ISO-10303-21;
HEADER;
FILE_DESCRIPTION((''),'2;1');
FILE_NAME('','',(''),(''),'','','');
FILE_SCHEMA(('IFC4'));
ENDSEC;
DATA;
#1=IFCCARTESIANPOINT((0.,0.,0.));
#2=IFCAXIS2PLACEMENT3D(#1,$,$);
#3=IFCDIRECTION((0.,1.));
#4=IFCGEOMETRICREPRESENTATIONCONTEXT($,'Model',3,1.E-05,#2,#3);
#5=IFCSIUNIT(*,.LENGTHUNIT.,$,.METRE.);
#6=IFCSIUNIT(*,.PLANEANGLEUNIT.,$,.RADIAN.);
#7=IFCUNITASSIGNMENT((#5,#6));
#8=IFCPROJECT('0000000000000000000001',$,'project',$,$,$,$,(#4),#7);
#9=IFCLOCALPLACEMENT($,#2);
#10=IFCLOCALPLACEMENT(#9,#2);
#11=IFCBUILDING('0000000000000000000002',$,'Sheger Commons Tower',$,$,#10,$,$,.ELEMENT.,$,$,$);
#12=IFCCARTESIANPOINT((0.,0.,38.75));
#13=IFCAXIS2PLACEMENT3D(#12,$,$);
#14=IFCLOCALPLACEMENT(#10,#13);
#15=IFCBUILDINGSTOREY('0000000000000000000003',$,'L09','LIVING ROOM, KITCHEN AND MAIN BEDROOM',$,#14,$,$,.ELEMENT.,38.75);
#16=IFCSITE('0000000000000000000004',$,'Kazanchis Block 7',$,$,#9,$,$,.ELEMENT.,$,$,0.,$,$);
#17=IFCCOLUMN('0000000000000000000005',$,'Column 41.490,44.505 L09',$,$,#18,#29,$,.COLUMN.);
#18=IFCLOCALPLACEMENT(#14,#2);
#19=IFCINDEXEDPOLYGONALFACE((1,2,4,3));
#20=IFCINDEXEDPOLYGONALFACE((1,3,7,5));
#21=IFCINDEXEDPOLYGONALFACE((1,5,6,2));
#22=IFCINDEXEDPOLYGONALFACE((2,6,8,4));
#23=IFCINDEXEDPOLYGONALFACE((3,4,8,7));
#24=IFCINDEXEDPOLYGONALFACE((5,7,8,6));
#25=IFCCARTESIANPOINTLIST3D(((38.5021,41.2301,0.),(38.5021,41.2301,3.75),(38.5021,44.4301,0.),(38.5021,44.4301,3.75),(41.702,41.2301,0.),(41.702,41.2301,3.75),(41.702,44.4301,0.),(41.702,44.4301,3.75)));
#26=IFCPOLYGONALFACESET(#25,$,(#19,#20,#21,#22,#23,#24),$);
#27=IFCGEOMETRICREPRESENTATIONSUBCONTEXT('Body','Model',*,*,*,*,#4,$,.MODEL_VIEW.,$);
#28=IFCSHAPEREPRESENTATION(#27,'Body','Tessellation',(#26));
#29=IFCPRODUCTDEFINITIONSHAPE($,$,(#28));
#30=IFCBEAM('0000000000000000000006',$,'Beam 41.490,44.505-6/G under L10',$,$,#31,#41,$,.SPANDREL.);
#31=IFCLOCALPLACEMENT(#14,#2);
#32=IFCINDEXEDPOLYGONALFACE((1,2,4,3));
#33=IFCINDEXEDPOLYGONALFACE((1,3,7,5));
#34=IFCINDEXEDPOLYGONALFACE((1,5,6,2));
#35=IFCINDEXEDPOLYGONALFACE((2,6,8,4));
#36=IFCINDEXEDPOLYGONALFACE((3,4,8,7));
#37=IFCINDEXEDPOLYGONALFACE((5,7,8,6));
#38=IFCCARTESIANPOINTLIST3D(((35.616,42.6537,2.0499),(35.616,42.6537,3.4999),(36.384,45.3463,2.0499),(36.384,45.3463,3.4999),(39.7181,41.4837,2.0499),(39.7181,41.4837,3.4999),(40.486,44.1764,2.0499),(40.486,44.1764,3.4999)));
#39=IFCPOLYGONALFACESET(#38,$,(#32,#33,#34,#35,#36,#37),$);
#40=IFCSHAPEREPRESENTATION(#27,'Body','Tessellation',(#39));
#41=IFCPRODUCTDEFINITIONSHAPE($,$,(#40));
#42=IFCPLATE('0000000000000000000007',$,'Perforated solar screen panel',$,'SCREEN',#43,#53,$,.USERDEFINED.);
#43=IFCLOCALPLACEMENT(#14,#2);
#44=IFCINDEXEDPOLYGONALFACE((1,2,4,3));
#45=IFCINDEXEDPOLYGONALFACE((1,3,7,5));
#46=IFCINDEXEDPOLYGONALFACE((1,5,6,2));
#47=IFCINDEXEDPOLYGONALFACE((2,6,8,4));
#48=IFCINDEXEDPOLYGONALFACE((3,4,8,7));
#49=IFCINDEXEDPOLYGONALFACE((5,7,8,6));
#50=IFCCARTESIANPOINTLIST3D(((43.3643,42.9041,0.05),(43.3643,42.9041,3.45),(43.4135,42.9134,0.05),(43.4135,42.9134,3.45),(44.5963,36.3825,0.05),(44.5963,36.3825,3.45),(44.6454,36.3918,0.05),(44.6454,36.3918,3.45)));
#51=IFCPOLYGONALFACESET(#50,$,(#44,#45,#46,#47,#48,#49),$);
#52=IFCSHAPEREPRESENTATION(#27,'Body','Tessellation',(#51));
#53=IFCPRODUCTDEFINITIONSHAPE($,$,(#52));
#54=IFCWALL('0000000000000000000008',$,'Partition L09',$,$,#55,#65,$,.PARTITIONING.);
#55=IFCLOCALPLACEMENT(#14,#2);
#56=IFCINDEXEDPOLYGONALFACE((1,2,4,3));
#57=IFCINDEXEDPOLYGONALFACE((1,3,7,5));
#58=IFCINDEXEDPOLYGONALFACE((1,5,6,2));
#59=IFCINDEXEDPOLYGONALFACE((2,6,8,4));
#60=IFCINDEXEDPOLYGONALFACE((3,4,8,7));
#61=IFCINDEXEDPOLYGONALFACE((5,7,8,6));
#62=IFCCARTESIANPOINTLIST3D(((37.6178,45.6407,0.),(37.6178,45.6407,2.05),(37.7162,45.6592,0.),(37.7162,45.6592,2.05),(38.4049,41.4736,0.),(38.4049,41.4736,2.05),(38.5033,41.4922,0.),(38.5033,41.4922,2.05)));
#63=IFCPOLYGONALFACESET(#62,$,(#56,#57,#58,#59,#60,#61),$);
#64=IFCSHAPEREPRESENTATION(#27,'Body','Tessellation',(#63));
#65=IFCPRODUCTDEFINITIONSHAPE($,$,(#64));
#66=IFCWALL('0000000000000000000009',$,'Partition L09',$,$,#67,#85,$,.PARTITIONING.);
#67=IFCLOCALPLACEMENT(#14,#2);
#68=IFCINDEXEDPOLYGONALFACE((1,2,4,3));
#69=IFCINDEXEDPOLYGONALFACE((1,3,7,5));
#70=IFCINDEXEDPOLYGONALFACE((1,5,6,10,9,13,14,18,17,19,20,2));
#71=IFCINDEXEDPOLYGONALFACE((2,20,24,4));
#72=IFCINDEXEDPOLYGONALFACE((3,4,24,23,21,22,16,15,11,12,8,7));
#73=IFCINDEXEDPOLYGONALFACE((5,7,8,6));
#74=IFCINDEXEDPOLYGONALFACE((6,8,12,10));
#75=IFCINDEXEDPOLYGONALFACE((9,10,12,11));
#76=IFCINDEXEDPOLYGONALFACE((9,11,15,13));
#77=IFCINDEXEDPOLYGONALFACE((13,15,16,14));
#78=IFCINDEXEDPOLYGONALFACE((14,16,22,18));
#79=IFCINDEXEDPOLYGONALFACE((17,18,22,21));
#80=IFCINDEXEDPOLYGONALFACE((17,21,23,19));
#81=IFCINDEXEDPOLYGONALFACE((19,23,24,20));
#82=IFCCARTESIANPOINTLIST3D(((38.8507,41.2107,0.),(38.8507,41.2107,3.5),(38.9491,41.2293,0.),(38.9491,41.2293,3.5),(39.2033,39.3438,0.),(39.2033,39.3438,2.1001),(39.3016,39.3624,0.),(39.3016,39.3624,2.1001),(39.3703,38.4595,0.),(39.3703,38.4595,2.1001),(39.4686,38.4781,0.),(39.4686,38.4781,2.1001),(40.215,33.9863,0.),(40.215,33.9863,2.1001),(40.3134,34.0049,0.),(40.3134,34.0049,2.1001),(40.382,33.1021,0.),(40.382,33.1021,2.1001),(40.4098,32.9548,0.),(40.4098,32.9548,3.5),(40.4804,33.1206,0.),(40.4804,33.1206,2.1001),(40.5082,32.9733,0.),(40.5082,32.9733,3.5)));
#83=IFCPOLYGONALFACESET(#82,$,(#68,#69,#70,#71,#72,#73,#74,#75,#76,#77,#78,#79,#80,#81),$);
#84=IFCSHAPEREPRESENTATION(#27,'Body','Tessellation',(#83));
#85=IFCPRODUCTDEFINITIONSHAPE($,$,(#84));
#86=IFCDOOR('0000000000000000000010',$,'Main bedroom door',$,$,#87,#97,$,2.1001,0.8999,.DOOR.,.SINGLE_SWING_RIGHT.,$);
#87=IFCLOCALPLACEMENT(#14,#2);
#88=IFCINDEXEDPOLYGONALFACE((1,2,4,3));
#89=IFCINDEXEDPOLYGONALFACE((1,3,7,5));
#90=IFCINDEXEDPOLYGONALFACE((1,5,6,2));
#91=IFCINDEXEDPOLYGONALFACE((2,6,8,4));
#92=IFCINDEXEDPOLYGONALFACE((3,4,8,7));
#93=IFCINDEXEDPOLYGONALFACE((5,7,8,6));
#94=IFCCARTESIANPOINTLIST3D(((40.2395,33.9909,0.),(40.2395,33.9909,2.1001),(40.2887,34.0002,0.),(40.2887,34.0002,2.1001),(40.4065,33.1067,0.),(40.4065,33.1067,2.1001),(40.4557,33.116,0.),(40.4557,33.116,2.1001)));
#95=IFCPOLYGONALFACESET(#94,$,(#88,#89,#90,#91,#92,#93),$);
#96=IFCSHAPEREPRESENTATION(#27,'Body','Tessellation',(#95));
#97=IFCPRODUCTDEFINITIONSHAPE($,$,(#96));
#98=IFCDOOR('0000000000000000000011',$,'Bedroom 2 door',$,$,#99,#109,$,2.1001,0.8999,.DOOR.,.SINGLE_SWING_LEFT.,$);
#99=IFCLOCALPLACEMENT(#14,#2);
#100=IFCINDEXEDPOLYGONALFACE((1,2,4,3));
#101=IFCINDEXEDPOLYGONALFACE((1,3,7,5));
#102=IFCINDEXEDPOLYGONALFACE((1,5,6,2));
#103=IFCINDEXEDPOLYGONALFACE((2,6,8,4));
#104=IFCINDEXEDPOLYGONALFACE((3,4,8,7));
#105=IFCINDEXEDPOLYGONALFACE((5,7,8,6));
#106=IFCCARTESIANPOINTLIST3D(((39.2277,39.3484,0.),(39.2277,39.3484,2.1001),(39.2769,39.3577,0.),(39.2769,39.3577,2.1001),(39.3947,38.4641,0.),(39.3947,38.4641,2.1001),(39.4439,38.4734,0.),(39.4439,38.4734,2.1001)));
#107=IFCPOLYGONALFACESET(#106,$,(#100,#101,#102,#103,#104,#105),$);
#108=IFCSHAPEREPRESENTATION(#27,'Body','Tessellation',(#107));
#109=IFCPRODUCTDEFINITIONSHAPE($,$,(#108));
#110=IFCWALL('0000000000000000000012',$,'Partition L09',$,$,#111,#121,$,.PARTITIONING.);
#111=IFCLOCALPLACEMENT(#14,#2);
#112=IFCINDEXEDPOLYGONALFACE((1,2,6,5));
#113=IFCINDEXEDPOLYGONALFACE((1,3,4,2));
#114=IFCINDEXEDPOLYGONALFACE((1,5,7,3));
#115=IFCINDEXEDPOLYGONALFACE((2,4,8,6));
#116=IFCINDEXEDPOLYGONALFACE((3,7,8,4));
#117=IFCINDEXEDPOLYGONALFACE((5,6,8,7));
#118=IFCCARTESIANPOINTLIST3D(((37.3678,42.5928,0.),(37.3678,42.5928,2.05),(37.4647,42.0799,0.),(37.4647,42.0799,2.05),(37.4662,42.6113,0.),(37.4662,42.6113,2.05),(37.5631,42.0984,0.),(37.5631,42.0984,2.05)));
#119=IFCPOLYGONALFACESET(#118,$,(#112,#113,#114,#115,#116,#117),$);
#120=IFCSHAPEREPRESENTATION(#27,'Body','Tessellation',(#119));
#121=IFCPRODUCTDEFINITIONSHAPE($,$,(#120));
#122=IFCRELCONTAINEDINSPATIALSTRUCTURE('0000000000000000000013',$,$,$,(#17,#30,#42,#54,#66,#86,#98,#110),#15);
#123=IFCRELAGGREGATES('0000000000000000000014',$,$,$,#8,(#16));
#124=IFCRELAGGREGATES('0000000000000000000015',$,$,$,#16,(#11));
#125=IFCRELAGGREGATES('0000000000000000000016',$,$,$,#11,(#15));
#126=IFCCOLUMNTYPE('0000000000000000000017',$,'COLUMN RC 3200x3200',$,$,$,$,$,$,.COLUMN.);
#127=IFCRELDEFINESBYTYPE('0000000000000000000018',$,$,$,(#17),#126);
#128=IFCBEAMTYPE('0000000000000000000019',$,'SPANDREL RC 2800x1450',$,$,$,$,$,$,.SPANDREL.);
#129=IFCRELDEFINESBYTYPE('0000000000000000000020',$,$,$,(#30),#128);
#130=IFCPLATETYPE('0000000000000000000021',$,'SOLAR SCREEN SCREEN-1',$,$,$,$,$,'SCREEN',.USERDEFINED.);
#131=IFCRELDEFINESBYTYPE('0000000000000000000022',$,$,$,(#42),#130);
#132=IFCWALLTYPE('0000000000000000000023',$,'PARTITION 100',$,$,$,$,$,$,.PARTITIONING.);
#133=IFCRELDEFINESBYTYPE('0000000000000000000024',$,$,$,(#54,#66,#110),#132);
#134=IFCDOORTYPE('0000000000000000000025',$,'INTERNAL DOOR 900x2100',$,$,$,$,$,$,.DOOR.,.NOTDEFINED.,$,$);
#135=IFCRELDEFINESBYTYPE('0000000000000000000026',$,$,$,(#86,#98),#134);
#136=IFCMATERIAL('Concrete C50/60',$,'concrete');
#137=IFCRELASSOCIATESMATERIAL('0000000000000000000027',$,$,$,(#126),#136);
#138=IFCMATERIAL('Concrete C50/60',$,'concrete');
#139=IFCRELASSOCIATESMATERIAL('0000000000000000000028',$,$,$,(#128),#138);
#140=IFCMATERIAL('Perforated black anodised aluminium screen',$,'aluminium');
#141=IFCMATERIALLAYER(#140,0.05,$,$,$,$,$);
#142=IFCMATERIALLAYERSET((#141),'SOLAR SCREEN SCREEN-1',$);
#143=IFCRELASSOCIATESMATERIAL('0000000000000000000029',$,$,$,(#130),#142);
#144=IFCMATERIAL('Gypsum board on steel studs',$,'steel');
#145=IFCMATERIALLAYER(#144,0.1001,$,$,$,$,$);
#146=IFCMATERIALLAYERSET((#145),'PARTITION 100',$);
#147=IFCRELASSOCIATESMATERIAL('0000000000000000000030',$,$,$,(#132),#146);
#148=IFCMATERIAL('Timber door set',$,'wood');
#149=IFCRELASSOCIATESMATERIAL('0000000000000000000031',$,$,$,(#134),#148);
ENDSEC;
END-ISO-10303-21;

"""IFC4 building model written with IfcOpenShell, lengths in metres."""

from ifc_helpers import new_model, si_unit, direction, frame, frame_2d, origin, origin_2d, place, context, subcontext, project, spatial, rectangle, extrude, material, layer, layer_set, material_profile, profile_set, type_object, element, fill, save


model = new_model("IFC4")

# Units and contexts
model_context = context("Model", 3, precision=1e-05, world=origin(), true_north=direction((0.0, 1.0)))
body_context = subcontext(model_context, "Body", "Model", "MODEL_VIEW")
ifc_project = project(units=[si_unit("LENGTHUNIT", "METRE"), si_unit("PLANEANGLEUNIT", "RADIAN")], contexts=[model_context])

# Site, building, storey
site_placement = place(None, origin())
site = spatial("IfcSite", under=ifc_project, at=site_placement, Name="Kazanchis Block 7", CompositionType="ELEMENT", RefElevation=0.0)
building_placement = place(site_placement, origin())
building = spatial("IfcBuilding", under=site, at=building_placement, Name="Sheger Commons Tower", CompositionType="ELEMENT")
storey_placement = place(building_placement, frame((0.0, 0.0, 38.75)))
storey = spatial("IfcBuildingStorey", under=building, at=storey_placement, Name="L09", Description="LIVING ROOM, KITCHEN AND MAIN BEDROOM", CompositionType="ELEMENT", Elevation=38.75)

# Column
ifc_material_1 = material(Name="Concrete C50/60", Category="concrete")
ifc_material_profile_1 = material_profile(ifc_material_1, rectangle(XDim=3.2, YDim=3.2, at=origin_2d()), Name="RC 3200x3200")
ifc_profile_set_1 = profile_set([ifc_material_profile_1], Name="Concrete C50/60")
column_type = type_object("IfcColumnType", Name="COLUMN RC 3200x3200", PredefinedType="COLUMN", material=ifc_profile_set_1)
column_placement = place(storey_placement, frame((40.1021, 42.8301, 0.0), z_axis=(0.0, 0.0, 1.0), x_axis=(1.0, 0.0, 0.0)))
element("IfcColumn", 1, at=column_placement, inside=storey, type_object=column_type, Name="Column 41.490,44.505 L09", PredefinedType="COLUMN", context=body_context, shape_type="SweptSolid", body=[
    extrude(rectangle(XDim=3.2, YDim=3.2, at=origin_2d()), origin(), (0.0, 0.0, 1.0), 3.75),
])

# Beam
ifc_material_2 = material(Name="Concrete C50/60", Category="concrete")
ifc_material_profile_2 = material_profile(ifc_material_2, rectangle(XDim=2.8, YDim=1.45, at=origin_2d()), Name="RC 2800x1450")
ifc_profile_set_2 = profile_set([ifc_material_profile_2], Name="Concrete C50/60")
beam_type = type_object("IfcBeamType", Name="SPANDREL RC 2800x1450", PredefinedType="SPANDREL", material=ifc_profile_set_2)
beam_placement = place(storey_placement, frame((40.1021, 42.8301, 2.7749), z_axis=(-0.961653, 0.274268, 0.0), x_axis=(-0.274268, -0.961653, 0.0)))
element("IfcBeam", 2, at=beam_placement, inside=storey, type_object=beam_type, Name="Beam 41.490,44.505-6/G under L10", PredefinedType="SPANDREL", context=body_context, shape_type="SweptSolid", body=[
    extrude(rectangle(XDim=2.8, YDim=1.45, at=origin_2d()), origin(), (0.0, 0.0, 1.0), 4.2656),
])

# Plate
ifc_material_3 = material(Name="Perforated black anodised aluminium screen", Category="aluminium")
ifc_layer_1 = layer(ifc_material_3, 0.05)
ifc_layer_set_1 = layer_set([ifc_layer_1], Name="SOLAR SCREEN SCREEN-1")
plate_type = type_object("IfcPlateType", Name="SOLAR SCREEN SCREEN-1", ElementType="SCREEN", PredefinedType="USERDEFINED", material=ifc_layer_set_1)
plate_placement = place(storey_placement, frame((44.0049, 39.6479, 0.05), z_axis=(0.0, 0.0, 1.0), x_axis=(-0.185615, 0.982623, 0.0)))
element("IfcPlate", 3, at=plate_placement, inside=storey, type_object=plate_type, Name="Perforated solar screen panel", ObjectType="SCREEN", PredefinedType="USERDEFINED", context=body_context, shape_type="SweptSolid", body=[
    extrude(rectangle(XDim=6.637, YDim=0.05, at=origin_2d()), origin(), (0.0, 0.0, 1.0), 3.3999),
])

# Wall
ifc_material_4 = material(Name="Gypsum board on steel studs", Category="steel")
ifc_layer_2 = layer(ifc_material_4, 0.1001)
ifc_layer_set_2 = layer_set([ifc_layer_2], Name="PARTITION 100")
wall_type = type_object("IfcWallType", Name="PARTITION 100", PredefinedType="PARTITIONING", material=ifc_layer_set_2)
wall_1_placement = place(storey_placement, frame((38.4541, 41.4829, 0.0), z_axis=(0.0, 0.0, 1.0), x_axis=(-0.185609, 0.982624, 0.0)))
element("IfcWall", 4, at=wall_1_placement, inside=storey, type_object=wall_type, Name="Partition L09", PredefinedType="PARTITIONING", context=body_context, shape_type="SweptSolid", body=[
    extrude(rectangle(XDim=4.2407, YDim=0.1001, at=frame_2d((2.1204, 0.0))), origin(), (0.0, 0.0, 1.0), 2.05),
])

# Wall, openings, doors
wall_2_placement = place(storey_placement, frame((38.8999, 41.22, 0.0), z_axis=(0.0, 0.0, 1.0), x_axis=(0.185566, -0.982632, 0.0)))
wall_2 = element("IfcWall", 5, at=wall_2_placement, inside=storey, type_object=wall_type, Name="Partition L09", PredefinedType="PARTITIONING", context=body_context, shape_type="SweptSolid", body=[
    extrude(rectangle(XDim=8.4019, YDim=0.1001, at=frame_2d((4.2009, 0.0))), origin(), (0.0, 0.0, 1.0), 3.5),
])
opening_1_placement = place(wall_2_placement, frame((7.3521, 0.0, 0.0)))
opening_1 = element("IfcOpeningElement", 6, at=opening_1_placement, cuts=wall_2, PredefinedType="OPENING", context=body_context, shape_type="SweptSolid", body=[
    extrude(rectangle(XDim=0.8999, YDim=2.1001, at=frame_2d((0.45, 1.05))), frame((0.0, 0.0601, 0.0), z_axis=(0.0, -1.0, 0.0), x_axis=(1.0, 0.0, 0.0)), (0.0, 0.0, 1.0), 0.1201),
])
opening_2_placement = place(wall_2_placement, frame((1.8999, 0.0, 0.0)))
opening_2 = element("IfcOpeningElement", 7, at=opening_2_placement, cuts=wall_2, PredefinedType="OPENING", context=body_context, shape_type="SweptSolid", body=[
    extrude(rectangle(XDim=0.8999, YDim=2.1001, at=frame_2d((0.45, 1.05))), frame((0.0, 0.0601, 0.0), z_axis=(0.0, -1.0, 0.0), x_axis=(1.0, 0.0, 0.0)), (0.0, 0.0, 1.0), 0.1201),
])
ifc_material_5 = material(Name="Timber door set", Category="wood")
door_type = type_object("IfcDoorType", Name="INTERNAL DOOR 900x2100", OperationType="NOTDEFINED", PredefinedType="DOOR", material=ifc_material_5)
door_1_placement = place(opening_1_placement, origin())
door_1 = element("IfcDoor", 8, at=door_1_placement, inside=storey, type_object=door_type, Name="Main bedroom door", OperationType="SINGLE_SWING_RIGHT", OverallHeight=2.1001, OverallWidth=0.8999, PredefinedType="DOOR", context=body_context, shape_type="SweptSolid", body=[
    extrude(rectangle(XDim=0.8999, YDim=2.1001, at=frame_2d((0.45, 1.05))), frame((0.0, 0.0249, 0.0), z_axis=(0.0, -1.0, 0.0), x_axis=(1.0, 0.0, 0.0)), (0.0, 0.0, 1.0), 0.05),
])
fill(opening_1, door_1)
door_2_placement = place(opening_2_placement, origin())
door_2 = element("IfcDoor", 9, at=door_2_placement, inside=storey, type_object=door_type, Name="Bedroom 2 door", OperationType="SINGLE_SWING_LEFT", OverallHeight=2.1001, OverallWidth=0.8999, PredefinedType="DOOR", context=body_context, shape_type="SweptSolid", body=[
    extrude(rectangle(XDim=0.8999, YDim=2.1001, at=frame_2d((0.45, 1.05))), frame((0.0, 0.0249, 0.0), z_axis=(0.0, -1.0, 0.0), x_axis=(1.0, 0.0, 0.0)), (0.0, 0.0, 1.0), 0.05),
])
fill(opening_2, door_2)

# Wall
wall_3_placement = place(storey_placement, frame((37.417, 42.6021, 0.0), z_axis=(0.0, 0.0, 1.0), x_axis=(0.185672, -0.982612, 0.0)))
element("IfcWall", 10, at=wall_3_placement, inside=storey, type_object=wall_type, Name="Partition L09", PredefinedType="PARTITIONING", context=body_context, shape_type="SweptSolid", body=[
    extrude(rectangle(XDim=0.522, YDim=0.1001, at=frame_2d((0.261, 0.0))), origin(), (0.0, 0.0, 1.0), 2.05),
])

save(model, "model.ifc")
